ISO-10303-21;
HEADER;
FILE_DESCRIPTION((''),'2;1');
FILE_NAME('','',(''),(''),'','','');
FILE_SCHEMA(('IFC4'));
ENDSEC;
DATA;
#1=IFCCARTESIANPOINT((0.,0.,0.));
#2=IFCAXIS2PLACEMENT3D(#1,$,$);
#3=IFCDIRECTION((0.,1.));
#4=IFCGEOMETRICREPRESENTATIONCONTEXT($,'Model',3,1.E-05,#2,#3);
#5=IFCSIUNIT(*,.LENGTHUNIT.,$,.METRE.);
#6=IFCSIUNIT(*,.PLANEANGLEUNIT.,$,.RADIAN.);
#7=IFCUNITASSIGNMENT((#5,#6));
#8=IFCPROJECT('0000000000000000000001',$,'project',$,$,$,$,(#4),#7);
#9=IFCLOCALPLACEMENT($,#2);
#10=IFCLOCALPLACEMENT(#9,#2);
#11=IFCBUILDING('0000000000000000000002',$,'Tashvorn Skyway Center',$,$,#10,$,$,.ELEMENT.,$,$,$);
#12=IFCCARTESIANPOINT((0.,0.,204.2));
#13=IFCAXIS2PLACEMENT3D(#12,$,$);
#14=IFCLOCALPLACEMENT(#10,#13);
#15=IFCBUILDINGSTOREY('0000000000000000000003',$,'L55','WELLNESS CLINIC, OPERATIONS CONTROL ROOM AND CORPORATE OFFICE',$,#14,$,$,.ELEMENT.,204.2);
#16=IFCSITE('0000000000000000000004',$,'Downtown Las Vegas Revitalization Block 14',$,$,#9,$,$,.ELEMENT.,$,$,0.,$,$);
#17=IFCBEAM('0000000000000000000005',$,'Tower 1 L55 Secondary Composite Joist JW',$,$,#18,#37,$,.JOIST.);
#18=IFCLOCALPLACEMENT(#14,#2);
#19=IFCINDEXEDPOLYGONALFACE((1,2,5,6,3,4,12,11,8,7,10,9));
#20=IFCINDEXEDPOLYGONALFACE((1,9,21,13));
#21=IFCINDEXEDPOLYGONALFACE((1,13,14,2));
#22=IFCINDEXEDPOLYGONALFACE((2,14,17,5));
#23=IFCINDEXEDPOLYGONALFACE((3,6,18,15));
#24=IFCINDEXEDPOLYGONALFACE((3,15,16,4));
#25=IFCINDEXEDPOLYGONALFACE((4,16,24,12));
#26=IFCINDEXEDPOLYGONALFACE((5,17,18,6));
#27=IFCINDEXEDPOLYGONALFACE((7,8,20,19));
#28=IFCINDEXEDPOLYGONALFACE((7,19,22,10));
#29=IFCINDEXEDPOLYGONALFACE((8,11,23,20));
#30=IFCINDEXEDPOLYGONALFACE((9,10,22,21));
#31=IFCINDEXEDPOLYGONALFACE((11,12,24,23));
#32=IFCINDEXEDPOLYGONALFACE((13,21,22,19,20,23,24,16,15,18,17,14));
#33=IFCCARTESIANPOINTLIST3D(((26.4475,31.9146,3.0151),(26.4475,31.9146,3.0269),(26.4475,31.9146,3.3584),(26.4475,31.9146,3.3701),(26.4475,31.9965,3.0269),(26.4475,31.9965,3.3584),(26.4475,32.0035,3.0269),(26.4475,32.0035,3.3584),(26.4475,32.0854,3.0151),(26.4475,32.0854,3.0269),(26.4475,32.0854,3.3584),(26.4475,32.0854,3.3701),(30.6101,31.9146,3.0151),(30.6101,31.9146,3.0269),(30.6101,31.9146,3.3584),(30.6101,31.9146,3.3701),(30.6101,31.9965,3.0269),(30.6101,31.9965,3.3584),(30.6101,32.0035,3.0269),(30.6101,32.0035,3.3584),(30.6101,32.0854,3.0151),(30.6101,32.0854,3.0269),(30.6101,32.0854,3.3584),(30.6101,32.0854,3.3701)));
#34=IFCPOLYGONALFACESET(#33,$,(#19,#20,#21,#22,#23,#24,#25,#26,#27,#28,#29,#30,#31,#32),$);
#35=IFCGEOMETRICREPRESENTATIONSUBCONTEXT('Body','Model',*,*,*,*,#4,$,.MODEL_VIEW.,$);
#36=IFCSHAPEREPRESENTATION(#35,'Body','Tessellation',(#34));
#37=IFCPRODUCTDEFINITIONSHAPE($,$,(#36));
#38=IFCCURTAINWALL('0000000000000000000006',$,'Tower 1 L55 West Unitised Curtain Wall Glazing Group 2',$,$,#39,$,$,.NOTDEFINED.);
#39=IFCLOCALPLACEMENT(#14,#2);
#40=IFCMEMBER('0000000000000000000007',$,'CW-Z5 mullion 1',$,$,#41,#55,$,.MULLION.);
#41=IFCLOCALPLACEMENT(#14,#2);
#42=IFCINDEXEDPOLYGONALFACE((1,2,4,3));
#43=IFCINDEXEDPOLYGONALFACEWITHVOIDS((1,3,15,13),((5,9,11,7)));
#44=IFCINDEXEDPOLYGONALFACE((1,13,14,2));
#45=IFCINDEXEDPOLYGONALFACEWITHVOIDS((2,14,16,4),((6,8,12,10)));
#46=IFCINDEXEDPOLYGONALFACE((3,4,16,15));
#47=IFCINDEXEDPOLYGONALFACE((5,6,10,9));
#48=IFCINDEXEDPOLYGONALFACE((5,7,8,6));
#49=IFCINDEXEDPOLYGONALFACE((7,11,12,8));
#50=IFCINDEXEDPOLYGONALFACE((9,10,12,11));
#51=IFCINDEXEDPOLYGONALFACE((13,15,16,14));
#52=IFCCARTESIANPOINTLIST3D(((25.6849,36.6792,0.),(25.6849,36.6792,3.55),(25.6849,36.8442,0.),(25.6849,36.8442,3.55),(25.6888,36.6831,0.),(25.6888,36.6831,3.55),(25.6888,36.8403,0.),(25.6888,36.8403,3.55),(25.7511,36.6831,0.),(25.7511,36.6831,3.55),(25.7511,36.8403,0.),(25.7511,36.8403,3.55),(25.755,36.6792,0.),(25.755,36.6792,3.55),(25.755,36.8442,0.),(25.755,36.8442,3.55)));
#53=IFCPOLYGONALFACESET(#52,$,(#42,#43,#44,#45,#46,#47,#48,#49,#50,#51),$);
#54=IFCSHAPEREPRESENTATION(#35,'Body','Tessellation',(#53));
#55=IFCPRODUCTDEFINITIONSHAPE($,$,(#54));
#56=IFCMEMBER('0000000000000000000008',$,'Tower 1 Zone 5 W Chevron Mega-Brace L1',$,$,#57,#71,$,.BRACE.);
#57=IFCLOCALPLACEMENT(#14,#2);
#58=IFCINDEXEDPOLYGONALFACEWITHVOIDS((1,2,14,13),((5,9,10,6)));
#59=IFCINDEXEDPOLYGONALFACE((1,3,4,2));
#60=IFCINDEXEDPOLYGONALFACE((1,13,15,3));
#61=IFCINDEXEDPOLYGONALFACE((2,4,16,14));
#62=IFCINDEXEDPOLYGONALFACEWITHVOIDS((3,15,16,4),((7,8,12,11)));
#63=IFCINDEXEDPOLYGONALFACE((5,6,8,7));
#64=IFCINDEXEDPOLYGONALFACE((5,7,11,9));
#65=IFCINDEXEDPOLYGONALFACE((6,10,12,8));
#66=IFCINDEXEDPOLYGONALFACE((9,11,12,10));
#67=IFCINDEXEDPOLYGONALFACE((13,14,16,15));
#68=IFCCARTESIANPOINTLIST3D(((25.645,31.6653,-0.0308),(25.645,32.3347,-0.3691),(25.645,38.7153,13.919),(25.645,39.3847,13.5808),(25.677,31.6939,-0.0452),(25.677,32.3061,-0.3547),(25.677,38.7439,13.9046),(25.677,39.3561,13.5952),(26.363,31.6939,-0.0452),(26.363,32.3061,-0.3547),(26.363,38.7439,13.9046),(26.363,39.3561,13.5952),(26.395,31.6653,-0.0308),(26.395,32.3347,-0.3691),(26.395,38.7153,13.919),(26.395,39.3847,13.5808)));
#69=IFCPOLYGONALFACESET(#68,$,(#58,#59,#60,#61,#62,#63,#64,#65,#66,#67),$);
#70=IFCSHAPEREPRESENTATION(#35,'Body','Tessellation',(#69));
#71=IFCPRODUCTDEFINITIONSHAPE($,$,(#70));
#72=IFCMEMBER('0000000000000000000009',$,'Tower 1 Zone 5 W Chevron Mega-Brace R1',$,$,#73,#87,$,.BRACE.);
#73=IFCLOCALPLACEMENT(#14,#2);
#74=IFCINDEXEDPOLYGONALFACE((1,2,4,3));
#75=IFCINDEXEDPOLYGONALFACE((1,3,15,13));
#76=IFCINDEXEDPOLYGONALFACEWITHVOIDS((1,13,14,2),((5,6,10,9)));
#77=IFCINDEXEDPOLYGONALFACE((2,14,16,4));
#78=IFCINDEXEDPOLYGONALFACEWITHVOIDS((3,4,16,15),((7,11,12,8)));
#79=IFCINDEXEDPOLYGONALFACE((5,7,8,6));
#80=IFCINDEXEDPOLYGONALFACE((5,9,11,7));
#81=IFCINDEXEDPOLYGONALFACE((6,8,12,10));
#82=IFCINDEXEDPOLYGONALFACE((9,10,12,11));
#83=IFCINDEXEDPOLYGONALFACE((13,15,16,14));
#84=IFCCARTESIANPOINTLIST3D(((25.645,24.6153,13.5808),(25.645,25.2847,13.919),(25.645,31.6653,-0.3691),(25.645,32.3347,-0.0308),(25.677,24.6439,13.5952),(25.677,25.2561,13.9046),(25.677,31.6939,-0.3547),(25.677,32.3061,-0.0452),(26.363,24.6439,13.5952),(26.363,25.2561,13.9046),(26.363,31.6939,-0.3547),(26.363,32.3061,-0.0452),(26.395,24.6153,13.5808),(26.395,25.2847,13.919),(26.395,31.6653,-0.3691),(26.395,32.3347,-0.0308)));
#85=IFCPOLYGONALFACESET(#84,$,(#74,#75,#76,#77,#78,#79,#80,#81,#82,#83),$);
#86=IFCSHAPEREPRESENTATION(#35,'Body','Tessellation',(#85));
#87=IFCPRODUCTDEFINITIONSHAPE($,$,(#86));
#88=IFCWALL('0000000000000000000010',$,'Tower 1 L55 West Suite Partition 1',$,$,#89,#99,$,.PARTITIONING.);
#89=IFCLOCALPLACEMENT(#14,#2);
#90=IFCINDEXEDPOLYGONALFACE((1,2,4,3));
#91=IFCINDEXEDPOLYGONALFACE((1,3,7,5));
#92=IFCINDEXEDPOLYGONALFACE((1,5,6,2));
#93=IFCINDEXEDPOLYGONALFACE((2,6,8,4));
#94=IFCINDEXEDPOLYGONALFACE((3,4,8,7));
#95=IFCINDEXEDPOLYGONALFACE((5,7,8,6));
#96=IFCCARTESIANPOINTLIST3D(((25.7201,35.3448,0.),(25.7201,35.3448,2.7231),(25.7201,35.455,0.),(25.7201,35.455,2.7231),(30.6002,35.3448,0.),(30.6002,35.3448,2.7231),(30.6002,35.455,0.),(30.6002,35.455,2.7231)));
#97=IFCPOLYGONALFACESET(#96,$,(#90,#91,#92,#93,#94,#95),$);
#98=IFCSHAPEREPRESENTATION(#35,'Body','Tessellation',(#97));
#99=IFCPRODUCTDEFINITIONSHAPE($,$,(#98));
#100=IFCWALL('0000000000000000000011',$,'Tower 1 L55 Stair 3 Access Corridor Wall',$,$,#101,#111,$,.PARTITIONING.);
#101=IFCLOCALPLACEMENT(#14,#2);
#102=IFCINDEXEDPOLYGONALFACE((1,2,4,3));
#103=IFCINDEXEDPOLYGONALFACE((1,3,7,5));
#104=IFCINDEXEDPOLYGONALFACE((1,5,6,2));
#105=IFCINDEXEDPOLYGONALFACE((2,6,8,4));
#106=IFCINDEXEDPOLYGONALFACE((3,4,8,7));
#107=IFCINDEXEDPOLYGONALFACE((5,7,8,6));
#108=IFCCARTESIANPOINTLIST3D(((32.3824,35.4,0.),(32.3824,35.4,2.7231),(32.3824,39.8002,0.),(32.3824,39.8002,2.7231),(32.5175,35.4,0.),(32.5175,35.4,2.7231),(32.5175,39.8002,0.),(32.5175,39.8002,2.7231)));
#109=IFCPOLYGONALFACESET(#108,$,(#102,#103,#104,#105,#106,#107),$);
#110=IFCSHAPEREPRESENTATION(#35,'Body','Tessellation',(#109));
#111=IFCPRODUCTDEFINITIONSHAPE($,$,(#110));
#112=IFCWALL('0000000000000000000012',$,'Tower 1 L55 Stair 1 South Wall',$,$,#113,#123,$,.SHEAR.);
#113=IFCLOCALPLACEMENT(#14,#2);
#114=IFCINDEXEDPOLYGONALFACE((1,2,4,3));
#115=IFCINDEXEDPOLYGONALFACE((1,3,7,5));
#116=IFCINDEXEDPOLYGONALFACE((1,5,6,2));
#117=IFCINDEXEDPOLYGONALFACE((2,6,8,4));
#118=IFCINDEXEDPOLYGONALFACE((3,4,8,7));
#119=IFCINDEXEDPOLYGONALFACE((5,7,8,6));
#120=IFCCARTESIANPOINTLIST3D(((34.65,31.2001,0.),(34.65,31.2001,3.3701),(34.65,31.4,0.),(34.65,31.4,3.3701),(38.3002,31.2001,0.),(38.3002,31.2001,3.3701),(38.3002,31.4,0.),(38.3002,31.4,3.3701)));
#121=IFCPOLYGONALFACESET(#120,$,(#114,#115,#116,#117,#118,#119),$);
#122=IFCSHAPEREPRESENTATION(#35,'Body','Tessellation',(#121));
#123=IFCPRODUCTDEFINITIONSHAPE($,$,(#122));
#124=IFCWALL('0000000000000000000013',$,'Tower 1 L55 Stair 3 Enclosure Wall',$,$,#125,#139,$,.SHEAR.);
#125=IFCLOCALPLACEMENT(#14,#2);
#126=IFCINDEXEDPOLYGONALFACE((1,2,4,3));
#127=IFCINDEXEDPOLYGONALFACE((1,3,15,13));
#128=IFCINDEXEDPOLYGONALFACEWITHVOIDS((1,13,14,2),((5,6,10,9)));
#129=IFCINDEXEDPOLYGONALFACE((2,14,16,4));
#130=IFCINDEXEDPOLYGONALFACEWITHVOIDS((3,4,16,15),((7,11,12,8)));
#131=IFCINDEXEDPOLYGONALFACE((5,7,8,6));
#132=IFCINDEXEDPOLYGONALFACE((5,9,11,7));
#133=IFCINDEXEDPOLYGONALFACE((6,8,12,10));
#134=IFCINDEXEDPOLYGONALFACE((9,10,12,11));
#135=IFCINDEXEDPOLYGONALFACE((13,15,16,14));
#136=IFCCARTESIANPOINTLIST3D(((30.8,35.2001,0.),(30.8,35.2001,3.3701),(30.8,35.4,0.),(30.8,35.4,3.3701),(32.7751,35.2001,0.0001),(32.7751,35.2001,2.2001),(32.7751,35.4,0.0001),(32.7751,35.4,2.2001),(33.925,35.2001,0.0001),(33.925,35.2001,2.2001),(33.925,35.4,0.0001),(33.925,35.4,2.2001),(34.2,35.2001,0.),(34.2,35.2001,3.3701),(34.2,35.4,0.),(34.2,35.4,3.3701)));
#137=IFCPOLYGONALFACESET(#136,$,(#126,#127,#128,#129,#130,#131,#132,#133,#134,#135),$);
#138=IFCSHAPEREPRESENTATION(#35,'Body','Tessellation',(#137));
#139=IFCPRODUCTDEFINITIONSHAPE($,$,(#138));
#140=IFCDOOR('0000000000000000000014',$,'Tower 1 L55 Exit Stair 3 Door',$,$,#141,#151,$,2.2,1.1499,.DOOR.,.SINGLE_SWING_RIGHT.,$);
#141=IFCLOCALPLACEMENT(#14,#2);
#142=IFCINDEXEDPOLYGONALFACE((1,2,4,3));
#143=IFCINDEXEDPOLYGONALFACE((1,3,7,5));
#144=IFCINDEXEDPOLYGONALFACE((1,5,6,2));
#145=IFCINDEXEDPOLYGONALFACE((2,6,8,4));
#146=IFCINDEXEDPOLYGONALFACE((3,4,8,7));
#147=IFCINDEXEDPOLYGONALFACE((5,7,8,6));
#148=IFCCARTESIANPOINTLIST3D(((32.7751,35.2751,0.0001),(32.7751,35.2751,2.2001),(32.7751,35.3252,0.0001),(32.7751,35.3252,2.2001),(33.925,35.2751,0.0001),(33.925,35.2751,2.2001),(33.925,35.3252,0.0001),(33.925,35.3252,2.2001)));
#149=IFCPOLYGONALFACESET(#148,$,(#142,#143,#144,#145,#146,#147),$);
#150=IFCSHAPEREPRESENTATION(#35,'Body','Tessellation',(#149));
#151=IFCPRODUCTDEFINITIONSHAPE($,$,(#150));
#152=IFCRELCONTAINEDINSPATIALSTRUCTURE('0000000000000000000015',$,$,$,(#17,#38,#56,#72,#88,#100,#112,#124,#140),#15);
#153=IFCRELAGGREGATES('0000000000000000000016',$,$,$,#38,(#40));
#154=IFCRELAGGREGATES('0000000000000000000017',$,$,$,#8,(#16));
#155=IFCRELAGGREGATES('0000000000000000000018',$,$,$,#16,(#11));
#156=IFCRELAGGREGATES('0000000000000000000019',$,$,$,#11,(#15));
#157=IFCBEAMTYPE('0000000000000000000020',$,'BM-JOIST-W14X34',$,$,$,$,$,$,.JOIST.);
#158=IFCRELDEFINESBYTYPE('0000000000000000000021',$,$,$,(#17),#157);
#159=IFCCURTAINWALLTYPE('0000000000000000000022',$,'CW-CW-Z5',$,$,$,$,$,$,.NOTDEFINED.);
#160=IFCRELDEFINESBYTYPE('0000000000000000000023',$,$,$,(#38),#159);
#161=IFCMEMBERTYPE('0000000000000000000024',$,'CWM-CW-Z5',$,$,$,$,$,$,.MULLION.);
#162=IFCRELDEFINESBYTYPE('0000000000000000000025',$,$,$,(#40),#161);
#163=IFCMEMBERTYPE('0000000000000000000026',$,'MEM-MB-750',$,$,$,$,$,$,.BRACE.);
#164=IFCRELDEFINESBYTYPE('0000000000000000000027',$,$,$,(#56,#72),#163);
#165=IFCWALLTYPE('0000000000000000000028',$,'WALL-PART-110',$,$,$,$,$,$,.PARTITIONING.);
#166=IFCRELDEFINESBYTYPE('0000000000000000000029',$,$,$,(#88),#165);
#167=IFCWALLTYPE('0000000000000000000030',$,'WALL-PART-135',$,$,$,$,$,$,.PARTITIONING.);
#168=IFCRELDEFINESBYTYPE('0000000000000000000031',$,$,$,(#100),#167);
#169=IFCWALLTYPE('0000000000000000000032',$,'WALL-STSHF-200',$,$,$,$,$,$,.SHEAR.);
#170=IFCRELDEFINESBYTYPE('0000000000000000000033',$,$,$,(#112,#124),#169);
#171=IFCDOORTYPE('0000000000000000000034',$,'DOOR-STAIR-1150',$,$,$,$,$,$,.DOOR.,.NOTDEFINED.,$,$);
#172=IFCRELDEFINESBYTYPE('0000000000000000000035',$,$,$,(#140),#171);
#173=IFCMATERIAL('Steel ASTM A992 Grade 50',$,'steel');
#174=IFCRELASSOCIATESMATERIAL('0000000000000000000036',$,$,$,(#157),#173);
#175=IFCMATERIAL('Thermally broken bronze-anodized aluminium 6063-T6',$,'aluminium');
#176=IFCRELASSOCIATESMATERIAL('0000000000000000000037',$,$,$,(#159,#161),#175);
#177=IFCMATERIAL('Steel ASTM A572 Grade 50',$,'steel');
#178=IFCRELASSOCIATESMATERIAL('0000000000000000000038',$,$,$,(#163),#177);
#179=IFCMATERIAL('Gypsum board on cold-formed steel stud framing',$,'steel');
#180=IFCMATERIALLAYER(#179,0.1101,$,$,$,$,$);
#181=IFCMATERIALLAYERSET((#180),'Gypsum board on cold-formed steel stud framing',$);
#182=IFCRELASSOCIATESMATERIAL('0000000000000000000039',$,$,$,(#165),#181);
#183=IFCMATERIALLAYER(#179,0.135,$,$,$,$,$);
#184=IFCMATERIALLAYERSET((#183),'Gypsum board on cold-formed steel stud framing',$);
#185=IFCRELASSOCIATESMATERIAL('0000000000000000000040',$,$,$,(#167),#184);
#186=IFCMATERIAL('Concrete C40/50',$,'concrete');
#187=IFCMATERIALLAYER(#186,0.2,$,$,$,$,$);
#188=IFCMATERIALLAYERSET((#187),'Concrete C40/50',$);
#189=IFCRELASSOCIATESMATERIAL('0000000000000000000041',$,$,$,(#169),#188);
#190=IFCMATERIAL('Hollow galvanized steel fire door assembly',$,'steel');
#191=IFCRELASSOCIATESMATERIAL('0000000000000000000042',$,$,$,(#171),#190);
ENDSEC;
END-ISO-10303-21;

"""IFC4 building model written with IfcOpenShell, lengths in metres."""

from ifc_helpers import new_model, si_unit, direction, frame, frame_2d, origin, origin_2d, place, context, subcontext, project, spatial, rectangle, hollow_rectangle, i_section, extrude, material, layer, layer_set, material_profile, profile_set, type_object, element, fill, aggregate, save


model = new_model("IFC4")

# Units and contexts
model_context = context("Model", 3, precision=1e-05, world=origin(), true_north=direction((0.0, 1.0)))
body_context = subcontext(model_context, "Body", "Model", "MODEL_VIEW")
ifc_project = project(units=[si_unit("LENGTHUNIT", "METRE"), si_unit("PLANEANGLEUNIT", "RADIAN")], contexts=[model_context])

# Site, building, storey
site_placement = place(None, origin())
site = spatial("IfcSite", under=ifc_project, at=site_placement, Name="Downtown Las Vegas Revitalization Block 14", CompositionType="ELEMENT", RefElevation=0.0)
building_placement = place(site_placement, origin())
building = spatial("IfcBuilding", under=site, at=building_placement, Name="Tashvorn Skyway Center", CompositionType="ELEMENT")
storey_placement = place(building_placement, frame((0.0, 0.0, 204.2)))
storey = spatial("IfcBuildingStorey", under=building, at=storey_placement, Name="L55", Description="WELLNESS CLINIC, OPERATIONS CONTROL ROOM AND CORPORATE OFFICE", CompositionType="ELEMENT", Elevation=204.2)

# Beam
ifc_material_1 = material(Name="Steel ASTM A992 Grade 50", Category="steel")
ifc_material_profile_1 = material_profile(ifc_material_1, i_section(OverallWidth=0.1709, OverallDepth=0.355, WebThickness=0.0071, FlangeThickness=0.0117, at=origin_2d()), Name="W14X34")
ifc_profile_set_1 = profile_set([ifc_material_profile_1], Name="Steel ASTM A992 Grade 50")
beam_type = type_object("IfcBeamType", Name="BM-JOIST-W14X34", PredefinedType="JOIST", material=ifc_profile_set_1)
beam_placement = place(storey_placement, frame((30.6101, 32.0, 3.1926), z_axis=(-1.0, 0.0, 0.0), x_axis=(0.0, -1.0, 0.0)))
element("IfcBeam", 1, at=beam_placement, inside=storey, type_object=beam_type, Name="Tower 1 L55 Secondary Composite Joist JW", PredefinedType="JOIST", context=body_context, shape_type="SweptSolid", body=[
    extrude(i_section(OverallWidth=0.1709, OverallDepth=0.355, WebThickness=0.0071, FlangeThickness=0.0117, at=origin_2d()), origin(), (0.0, 0.0, 1.0), 4.1626),
])

# Curtain wall, member
ifc_material_2 = material(Name="Thermally broken bronze-anodized aluminium 6063-T6", Category="aluminium")
curtain_wall_type = type_object("IfcCurtainWallType", Name="CW-CW-Z5", PredefinedType="NOTDEFINED", material=ifc_material_2)
curtain_wall_placement = place(storey_placement, origin())
curtain_wall = element("IfcCurtainWall", 2, at=curtain_wall_placement, inside=storey, type_object=curtain_wall_type, Name="Tower 1 L55 West Unitised Curtain Wall Glazing Group 2", PredefinedType="NOTDEFINED")
ifc_material_profile_2 = material_profile(ifc_material_2, hollow_rectangle(XDim=0.0701, YDim=0.165, WallThickness=0.0039, at=origin_2d()), Name="ALU-MULL-70x165")
ifc_profile_set_2 = profile_set([ifc_material_profile_2], Name="Thermally broken bronze-anodized aluminium 6063-T6")
member_type_1 = type_object("IfcMemberType", Name="CWM-CW-Z5", PredefinedType="MULLION", material=ifc_profile_set_2)
member_placement = place(storey_placement, frame((25.72, 36.7617, 0.0), z_axis=(0.0, 0.0, 1.0), x_axis=(-1.0, 0.0, 0.0)))
member = element("IfcMember", 3, at=member_placement, type_object=member_type_1, Name="CW-Z5 mullion 1", PredefinedType="MULLION", context=body_context, shape_type="SweptSolid", body=[
    extrude(hollow_rectangle(XDim=0.0701, YDim=0.165, WallThickness=0.0039, at=origin_2d()), origin(), (0.0, 0.0, 1.0), 3.55),
])
aggregate(curtain_wall, [member])

# Members
ifc_material_3 = material(Name="Steel ASTM A572 Grade 50", Category="steel")
ifc_material_profile_3 = material_profile(ifc_material_3, hollow_rectangle(XDim=0.75, YDim=0.75, WallThickness=0.032, at=origin_2d()), Name="BOX750x750x32")
ifc_profile_set_3 = profile_set([ifc_material_profile_3], Name="Steel ASTM A572 Grade 50")
member_type_2 = type_object("IfcMemberType", Name="MEM-MB-750", PredefinedType="BRACE", material=ifc_profile_set_3)
for number, where, z_axis, x_axis, name in (
    (4, (26.02, 32.0, -0.2), (0.0, 0.451052, 0.892498), (-1.0, 0.0, 0.0), "Tower 1 Zone 5 W Chevron Mega-Brace L1"),
    (5, (26.02, 32.0, -0.2), (0.0, -0.451052, 0.892498), (1.0, 0.0, 0.0), "Tower 1 Zone 5 W Chevron Mega-Brace R1"),
):
    element("IfcMember", number, at=place(storey_placement, frame(where, z_axis=z_axis, x_axis=x_axis)), inside=storey, type_object=member_type_2, Name=name, PredefinedType="BRACE", context=body_context, shape_type="SweptSolid", body=[
        extrude(hollow_rectangle(XDim=0.75, YDim=0.75, WallThickness=0.032, at=origin_2d()), origin(), (0.0, 0.0, 1.0), 15.6301),
    ])

# Walls
ifc_material_4 = material(Name="Gypsum board on cold-formed steel stud framing", Category="steel")
ifc_layer_1 = layer(ifc_material_4, 0.1101)
ifc_layer_set_1 = layer_set([ifc_layer_1], Name="Gypsum board on cold-formed steel stud framing")
wall_type_1 = type_object("IfcWallType", Name="WALL-PART-110", PredefinedType="PARTITIONING", material=ifc_layer_set_1)
wall_1_placement = place(storey_placement, frame((30.6001, 35.3999, 0.0), z_axis=(0.0, 0.0, 1.0), x_axis=(-1.0, 0.0, 0.0)))
element("IfcWall", 6, at=wall_1_placement, inside=storey, type_object=wall_type_1, Name="Tower 1 L55 West Suite Partition 1", PredefinedType="PARTITIONING", context=body_context, shape_type="SweptSolid", body=[
    extrude(rectangle(XDim=4.8801, YDim=0.1101, at=frame_2d((2.4399, 0.0))), origin(), (0.0, 0.0, 1.0), 2.7231),
])
ifc_layer_2 = layer(ifc_material_4, 0.135)
ifc_layer_set_2 = layer_set([ifc_layer_2], Name="Gypsum board on cold-formed steel stud framing")
wall_type_2 = type_object("IfcWallType", Name="WALL-PART-135", PredefinedType="PARTITIONING", material=ifc_layer_set_2)
wall_2_placement = place(storey_placement, frame((32.45, 35.3999, 0.0), z_axis=(0.0, 0.0, 1.0), x_axis=(0.0, 1.0, 0.0)))
element("IfcWall", 7, at=wall_2_placement, inside=storey, type_object=wall_type_2, Name="Tower 1 L55 Stair 3 Access Corridor Wall", PredefinedType="PARTITIONING", context=body_context, shape_type="SweptSolid", body=[
    extrude(rectangle(XDim=4.4001, YDim=0.135, at=frame_2d((2.2002, 0.0))), origin(), (0.0, 0.0, 1.0), 2.7231),
])
ifc_material_5 = material(Name="Concrete C40/50", Category="concrete")
ifc_layer_3 = layer(ifc_material_5, 0.2)
ifc_layer_set_3 = layer_set([ifc_layer_3], Name="Concrete C40/50")
wall_type_3 = type_object("IfcWallType", Name="WALL-STSHF-200", PredefinedType="SHEAR", material=ifc_layer_set_3)
wall_3_placement = place(storey_placement, frame((34.6499, 31.3, 0.0), z_axis=(0.0, 0.0, 1.0), x_axis=(1.0, 0.0, 0.0)))
element("IfcWall", 8, at=wall_3_placement, inside=storey, type_object=wall_type_3, Name="Tower 1 L55 Stair 1 South Wall", PredefinedType="SHEAR", context=body_context, shape_type="SweptSolid", body=[
    extrude(rectangle(XDim=3.6501, YDim=0.2, at=frame_2d((1.8252, 0.0))), origin(), (0.0, 0.0, 1.0), 3.3701),
])

# Wall, opening, door
wall_4_placement = place(storey_placement, frame((34.2, 35.3, 0.0), z_axis=(0.0, 0.0, 1.0), x_axis=(-1.0, 0.0, 0.0)))
wall_4 = element("IfcWall", 9, at=wall_4_placement, inside=storey, type_object=wall_type_3, Name="Tower 1 L55 Stair 3 Enclosure Wall", PredefinedType="SHEAR", context=body_context, shape_type="SweptSolid", body=[
    extrude(rectangle(XDim=3.3999, YDim=0.2, at=frame_2d((1.7, 0.0))), origin(), (0.0, 0.0, 1.0), 3.3701),
])
opening_placement = place(wall_4_placement, frame((0.2749, 0.0, 0.0)))
opening = element("IfcOpeningElement", 10, at=opening_placement, cuts=wall_4, PredefinedType="OPENING", context=body_context, shape_type="SweptSolid", body=[
    extrude(rectangle(XDim=1.1499, YDim=2.2, at=frame_2d((0.575, 1.1001))), frame((0.0, 0.1099, 0.0), z_axis=(0.0, -1.0, 0.0), x_axis=(1.0, 0.0, 0.0)), (0.0, 0.0, 1.0), 0.22),
])
ifc_material_6 = material(Name="Hollow galvanized steel fire door assembly", Category="steel")
door_type = type_object("IfcDoorType", Name="DOOR-STAIR-1150", OperationType="NOTDEFINED", PredefinedType="DOOR", material=ifc_material_6)
door_placement = place(opening_placement, origin())
door = element("IfcDoor", 11, at=door_placement, inside=storey, type_object=door_type, Name="Tower 1 L55 Exit Stair 3 Door", OperationType="SINGLE_SWING_RIGHT", OverallHeight=2.2, OverallWidth=1.1499, PredefinedType="DOOR", context=body_context, shape_type="SweptSolid", body=[
    extrude(rectangle(XDim=1.1499, YDim=2.2, at=frame_2d((0.575, 1.1001))), frame((0.0, 0.0249, 0.0), z_axis=(0.0, -1.0, 0.0), x_axis=(1.0, 0.0, 0.0)), (0.0, 0.0, 1.0), 0.05),
])
fill(opening, door)

save(model, "model.ifc")
